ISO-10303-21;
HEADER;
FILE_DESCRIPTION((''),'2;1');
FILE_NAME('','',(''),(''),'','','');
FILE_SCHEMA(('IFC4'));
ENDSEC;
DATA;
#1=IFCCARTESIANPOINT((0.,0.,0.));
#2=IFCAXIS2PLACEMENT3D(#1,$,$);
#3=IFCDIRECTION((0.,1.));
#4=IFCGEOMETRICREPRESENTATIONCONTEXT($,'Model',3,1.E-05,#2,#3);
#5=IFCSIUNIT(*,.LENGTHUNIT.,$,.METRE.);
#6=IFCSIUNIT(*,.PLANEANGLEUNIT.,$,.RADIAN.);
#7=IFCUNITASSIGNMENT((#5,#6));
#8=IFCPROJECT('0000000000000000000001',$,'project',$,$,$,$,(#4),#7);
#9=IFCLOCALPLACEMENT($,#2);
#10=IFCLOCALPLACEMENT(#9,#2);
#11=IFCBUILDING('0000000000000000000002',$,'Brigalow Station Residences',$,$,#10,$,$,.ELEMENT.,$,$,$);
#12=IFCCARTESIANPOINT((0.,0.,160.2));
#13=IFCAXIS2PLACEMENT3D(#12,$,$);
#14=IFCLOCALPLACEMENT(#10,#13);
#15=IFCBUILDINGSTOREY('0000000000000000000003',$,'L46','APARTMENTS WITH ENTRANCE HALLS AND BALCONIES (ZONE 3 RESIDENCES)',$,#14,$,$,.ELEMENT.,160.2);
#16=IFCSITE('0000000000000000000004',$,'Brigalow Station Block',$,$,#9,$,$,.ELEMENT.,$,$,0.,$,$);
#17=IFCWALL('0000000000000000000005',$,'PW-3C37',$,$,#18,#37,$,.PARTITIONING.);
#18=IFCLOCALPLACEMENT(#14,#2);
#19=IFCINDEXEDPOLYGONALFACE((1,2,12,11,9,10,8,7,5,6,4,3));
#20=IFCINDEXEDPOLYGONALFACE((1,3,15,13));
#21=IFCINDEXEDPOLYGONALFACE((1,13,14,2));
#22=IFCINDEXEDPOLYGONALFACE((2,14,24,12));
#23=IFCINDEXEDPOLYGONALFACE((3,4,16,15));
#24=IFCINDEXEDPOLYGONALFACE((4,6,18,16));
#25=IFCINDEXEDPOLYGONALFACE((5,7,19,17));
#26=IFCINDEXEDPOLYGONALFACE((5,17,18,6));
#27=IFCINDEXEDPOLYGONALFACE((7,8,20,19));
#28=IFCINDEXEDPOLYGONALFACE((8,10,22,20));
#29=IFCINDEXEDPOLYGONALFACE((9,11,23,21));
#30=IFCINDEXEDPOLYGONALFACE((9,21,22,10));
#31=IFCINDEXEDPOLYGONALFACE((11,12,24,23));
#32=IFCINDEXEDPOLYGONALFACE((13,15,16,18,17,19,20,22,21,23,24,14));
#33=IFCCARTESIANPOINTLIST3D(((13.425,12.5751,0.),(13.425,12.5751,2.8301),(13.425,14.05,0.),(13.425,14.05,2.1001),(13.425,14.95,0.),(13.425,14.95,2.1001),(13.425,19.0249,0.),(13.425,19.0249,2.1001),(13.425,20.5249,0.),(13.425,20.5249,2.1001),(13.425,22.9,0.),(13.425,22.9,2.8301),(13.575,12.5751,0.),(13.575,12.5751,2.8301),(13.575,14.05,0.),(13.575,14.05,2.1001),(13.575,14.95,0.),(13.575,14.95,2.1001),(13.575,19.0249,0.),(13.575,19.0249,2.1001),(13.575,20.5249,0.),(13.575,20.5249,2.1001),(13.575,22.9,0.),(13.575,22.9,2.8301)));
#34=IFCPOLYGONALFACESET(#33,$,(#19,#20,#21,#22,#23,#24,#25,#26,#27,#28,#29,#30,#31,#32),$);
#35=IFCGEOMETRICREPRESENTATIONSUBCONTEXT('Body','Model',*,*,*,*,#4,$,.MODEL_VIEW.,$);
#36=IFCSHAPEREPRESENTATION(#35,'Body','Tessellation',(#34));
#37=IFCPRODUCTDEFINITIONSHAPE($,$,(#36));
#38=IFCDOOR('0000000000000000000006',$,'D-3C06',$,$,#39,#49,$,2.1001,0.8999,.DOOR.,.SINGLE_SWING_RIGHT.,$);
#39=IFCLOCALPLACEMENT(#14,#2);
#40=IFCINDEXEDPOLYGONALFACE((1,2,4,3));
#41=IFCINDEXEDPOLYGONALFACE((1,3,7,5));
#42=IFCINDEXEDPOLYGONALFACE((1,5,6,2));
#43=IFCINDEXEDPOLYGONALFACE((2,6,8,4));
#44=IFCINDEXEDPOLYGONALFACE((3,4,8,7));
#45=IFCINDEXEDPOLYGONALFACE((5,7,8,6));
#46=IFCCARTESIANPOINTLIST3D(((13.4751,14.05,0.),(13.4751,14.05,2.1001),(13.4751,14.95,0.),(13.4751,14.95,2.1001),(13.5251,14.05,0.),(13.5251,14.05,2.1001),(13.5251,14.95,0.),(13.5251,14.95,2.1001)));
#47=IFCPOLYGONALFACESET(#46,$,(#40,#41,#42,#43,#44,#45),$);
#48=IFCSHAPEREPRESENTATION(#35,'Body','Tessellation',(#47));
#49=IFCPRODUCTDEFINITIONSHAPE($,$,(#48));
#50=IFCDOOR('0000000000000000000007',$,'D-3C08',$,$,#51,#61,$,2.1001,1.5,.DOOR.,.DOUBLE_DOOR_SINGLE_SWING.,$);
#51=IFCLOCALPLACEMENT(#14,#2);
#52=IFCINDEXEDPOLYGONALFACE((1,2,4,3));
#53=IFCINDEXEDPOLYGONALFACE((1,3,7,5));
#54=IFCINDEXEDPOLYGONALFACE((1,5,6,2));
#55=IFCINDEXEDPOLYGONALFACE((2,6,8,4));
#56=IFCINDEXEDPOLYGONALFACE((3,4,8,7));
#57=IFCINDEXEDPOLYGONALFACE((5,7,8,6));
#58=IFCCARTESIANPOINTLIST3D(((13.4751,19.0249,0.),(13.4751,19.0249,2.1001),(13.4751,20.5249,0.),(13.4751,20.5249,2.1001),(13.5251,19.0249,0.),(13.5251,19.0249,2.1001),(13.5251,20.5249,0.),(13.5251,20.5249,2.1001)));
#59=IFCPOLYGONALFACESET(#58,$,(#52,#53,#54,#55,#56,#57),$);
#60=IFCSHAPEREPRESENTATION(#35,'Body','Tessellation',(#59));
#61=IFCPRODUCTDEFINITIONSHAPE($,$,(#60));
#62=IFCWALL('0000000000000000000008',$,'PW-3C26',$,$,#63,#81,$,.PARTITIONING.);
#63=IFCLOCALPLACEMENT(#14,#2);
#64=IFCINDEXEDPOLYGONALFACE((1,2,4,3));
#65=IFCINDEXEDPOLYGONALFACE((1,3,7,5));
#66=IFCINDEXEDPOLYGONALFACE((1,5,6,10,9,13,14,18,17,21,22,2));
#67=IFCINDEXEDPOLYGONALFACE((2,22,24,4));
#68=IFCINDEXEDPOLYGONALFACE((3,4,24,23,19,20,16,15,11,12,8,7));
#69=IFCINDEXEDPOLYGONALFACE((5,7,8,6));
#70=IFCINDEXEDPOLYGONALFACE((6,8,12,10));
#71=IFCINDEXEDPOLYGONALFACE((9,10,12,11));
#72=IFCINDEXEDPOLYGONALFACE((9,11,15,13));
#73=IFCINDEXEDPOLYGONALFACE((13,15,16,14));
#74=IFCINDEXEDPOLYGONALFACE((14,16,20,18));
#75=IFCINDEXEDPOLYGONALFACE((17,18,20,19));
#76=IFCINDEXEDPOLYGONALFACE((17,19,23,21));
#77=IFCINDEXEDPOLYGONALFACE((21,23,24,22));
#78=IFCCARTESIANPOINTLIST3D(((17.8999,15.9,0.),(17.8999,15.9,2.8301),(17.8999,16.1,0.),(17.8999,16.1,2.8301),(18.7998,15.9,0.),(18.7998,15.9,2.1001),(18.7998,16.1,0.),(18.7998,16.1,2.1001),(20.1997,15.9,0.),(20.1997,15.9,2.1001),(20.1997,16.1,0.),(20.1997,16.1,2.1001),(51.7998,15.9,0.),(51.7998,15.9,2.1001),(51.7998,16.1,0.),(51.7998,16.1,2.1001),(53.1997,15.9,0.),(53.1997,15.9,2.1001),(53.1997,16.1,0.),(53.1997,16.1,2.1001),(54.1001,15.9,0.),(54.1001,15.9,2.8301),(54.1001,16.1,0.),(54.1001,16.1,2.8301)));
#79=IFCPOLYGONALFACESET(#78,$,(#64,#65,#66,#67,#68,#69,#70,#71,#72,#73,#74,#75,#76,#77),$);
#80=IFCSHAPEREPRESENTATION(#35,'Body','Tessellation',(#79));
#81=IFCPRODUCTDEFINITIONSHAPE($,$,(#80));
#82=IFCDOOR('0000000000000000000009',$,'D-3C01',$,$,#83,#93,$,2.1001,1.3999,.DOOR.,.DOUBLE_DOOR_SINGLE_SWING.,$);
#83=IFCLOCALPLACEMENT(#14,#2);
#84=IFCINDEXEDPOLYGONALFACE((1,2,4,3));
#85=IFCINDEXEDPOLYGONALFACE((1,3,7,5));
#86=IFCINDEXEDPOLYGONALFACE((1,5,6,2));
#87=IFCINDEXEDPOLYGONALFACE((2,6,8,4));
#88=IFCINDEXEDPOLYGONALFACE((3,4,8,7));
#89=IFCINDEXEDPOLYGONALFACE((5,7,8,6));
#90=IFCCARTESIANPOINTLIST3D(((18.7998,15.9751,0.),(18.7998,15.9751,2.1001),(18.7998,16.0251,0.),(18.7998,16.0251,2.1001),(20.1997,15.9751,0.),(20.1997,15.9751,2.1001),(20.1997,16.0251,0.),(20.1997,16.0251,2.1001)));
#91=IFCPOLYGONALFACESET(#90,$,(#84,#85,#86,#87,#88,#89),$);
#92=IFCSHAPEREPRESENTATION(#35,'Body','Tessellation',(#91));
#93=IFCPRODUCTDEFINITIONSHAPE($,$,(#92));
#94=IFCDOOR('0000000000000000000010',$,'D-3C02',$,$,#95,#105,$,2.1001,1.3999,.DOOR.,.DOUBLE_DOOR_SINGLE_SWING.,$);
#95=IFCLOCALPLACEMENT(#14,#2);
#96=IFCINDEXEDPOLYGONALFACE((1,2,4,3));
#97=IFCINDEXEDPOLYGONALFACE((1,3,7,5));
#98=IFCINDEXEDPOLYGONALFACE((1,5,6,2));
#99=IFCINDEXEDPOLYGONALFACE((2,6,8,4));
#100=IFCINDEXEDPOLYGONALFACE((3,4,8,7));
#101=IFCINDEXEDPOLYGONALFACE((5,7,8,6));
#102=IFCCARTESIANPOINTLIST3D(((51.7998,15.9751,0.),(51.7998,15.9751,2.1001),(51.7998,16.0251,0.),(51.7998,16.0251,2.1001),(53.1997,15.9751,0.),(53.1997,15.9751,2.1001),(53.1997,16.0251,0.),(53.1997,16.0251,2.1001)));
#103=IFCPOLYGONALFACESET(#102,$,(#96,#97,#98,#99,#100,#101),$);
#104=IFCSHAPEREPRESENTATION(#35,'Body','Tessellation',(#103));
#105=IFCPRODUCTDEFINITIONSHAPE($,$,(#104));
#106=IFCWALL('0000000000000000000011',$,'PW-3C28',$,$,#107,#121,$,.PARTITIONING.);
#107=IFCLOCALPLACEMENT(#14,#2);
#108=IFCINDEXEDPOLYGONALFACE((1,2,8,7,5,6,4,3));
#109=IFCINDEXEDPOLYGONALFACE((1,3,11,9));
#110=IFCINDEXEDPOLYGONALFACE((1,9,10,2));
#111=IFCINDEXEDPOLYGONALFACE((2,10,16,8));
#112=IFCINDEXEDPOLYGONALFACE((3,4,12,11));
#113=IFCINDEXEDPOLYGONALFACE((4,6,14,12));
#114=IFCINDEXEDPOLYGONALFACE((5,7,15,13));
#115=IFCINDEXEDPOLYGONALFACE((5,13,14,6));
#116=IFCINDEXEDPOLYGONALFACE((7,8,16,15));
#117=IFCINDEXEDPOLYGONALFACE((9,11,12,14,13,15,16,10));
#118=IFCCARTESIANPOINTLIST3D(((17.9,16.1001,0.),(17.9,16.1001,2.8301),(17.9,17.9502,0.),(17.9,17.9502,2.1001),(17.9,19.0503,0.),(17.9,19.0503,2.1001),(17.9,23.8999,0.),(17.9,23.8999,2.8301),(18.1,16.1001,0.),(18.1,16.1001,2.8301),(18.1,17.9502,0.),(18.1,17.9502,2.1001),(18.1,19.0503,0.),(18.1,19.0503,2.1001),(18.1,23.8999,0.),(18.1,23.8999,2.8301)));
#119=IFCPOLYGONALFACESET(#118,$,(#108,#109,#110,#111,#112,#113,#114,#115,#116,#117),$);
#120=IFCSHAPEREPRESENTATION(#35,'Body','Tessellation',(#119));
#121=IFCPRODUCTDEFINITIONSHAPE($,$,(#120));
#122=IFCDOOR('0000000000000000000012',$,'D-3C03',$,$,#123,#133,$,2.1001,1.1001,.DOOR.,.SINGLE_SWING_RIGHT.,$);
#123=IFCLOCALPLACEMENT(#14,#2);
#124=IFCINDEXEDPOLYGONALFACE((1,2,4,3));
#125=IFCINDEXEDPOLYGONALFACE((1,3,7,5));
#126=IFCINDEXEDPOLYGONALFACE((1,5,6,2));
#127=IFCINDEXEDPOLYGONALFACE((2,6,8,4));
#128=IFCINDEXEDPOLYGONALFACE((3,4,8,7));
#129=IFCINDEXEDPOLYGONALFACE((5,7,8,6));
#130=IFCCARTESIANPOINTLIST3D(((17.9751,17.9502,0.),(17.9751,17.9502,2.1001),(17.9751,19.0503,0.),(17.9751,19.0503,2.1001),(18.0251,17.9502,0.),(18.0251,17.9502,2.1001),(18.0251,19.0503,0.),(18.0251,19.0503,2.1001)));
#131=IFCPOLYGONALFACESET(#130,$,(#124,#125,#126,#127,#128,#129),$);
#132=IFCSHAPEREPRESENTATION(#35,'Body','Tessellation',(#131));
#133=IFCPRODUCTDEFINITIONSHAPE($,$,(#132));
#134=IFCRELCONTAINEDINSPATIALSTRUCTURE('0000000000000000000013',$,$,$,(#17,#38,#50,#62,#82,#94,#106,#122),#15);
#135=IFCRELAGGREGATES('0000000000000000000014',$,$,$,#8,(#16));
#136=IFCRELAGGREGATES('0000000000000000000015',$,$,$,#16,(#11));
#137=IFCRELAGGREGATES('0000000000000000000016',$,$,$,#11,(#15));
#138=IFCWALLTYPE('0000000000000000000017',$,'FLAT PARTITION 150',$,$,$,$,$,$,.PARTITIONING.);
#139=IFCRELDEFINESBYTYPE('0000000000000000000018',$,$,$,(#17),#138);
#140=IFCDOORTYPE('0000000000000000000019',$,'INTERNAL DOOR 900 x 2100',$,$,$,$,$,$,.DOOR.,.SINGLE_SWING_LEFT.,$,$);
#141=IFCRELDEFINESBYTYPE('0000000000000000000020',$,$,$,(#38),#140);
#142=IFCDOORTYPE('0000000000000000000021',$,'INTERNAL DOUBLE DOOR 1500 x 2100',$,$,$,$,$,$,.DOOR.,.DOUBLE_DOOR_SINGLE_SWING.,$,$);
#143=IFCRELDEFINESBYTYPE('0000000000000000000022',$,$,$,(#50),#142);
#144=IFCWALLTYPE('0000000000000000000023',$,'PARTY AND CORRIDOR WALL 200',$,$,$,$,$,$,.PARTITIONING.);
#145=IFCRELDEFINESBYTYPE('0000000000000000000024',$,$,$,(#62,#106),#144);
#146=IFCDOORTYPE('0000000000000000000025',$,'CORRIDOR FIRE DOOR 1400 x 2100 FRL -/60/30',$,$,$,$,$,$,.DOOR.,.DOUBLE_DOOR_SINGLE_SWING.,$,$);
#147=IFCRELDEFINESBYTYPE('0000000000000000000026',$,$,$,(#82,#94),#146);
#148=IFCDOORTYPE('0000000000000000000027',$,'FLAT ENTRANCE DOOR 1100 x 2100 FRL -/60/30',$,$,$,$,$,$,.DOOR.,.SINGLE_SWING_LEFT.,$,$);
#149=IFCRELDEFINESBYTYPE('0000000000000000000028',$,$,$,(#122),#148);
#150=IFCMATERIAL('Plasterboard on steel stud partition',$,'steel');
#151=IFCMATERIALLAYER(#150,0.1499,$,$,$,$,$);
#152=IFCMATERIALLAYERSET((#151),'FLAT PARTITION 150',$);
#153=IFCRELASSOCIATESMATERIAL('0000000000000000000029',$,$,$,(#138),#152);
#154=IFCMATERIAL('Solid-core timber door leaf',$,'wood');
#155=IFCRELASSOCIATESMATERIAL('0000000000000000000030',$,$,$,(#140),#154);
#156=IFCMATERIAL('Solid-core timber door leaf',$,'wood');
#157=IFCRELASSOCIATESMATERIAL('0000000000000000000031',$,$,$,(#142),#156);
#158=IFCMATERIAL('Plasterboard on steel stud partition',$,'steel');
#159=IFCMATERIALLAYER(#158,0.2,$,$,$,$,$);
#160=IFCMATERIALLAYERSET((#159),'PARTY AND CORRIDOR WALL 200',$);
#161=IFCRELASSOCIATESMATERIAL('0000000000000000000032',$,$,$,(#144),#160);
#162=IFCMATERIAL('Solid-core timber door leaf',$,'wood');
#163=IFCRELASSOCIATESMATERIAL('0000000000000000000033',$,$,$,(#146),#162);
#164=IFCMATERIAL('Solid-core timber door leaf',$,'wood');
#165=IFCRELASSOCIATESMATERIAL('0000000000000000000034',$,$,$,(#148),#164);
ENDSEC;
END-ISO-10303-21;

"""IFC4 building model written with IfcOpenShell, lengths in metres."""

from ifc_helpers import new_model, si_unit, direction, frame, frame_2d, origin, place, context, subcontext, project, spatial, rectangle, extrude, material, layer, layer_set, type_object, element, fill, save


model = new_model("IFC4")

# Units and contexts
model_context = context("Model", 3, precision=1e-05, world=origin(), true_north=direction((0.0, 1.0)))
body_context = subcontext(model_context, "Body", "Model", "MODEL_VIEW")
ifc_project = project(units=[si_unit("LENGTHUNIT", "METRE"), si_unit("PLANEANGLEUNIT", "RADIAN")], contexts=[model_context])

# Site, building, storey
site_placement = place(None, origin())
site = spatial("IfcSite", under=ifc_project, at=site_placement, Name="Brigalow Station Block", CompositionType="ELEMENT", RefElevation=0.0)
building_placement = place(site_placement, origin())
building = spatial("IfcBuilding", under=site, at=building_placement, Name="Brigalow Station Residences", CompositionType="ELEMENT")
storey_placement = place(building_placement, frame((0.0, 0.0, 160.2)))
storey = spatial("IfcBuildingStorey", under=building, at=storey_placement, Name="L46", Description="APARTMENTS WITH ENTRANCE HALLS AND BALCONIES (ZONE 3 RESIDENCES)", CompositionType="ELEMENT", Elevation=160.2)

# Shared definitions
ifc_material_1 = material(Name="Plasterboard on steel stud partition", Category="steel")
ifc_layer_1 = layer(ifc_material_1, 0.1499)
ifc_layer_set_1 = layer_set([ifc_layer_1], Name="FLAT PARTITION 150")
wall_type_1 = type_object("IfcWallType", Name="FLAT PARTITION 150", PredefinedType="PARTITIONING", material=ifc_layer_set_1)
ifc_material_2 = material(Name="Solid-core timber door leaf", Category="wood")
door_type_1 = type_object("IfcDoorType", Name="INTERNAL DOOR 900 x 2100", OperationType="SINGLE_SWING_LEFT", PredefinedType="DOOR", material=ifc_material_2)

# Walls, openings, doors
wall_1_placement = place(storey_placement, frame((13.5, 12.575, 0.0), z_axis=(0.0, 0.0, 1.0), x_axis=(0.0, 1.0, 0.0)))
wall_1 = element("IfcWall", 1, at=wall_1_placement, inside=storey, type_object=wall_type_1, Name="PW-3C37", PredefinedType="PARTITIONING", context=body_context, shape_type="SweptSolid", body=[
    extrude(rectangle(XDim=10.325, YDim=0.1499, at=frame_2d((5.1626, 0.0))), origin(), (0.0, 0.0, 1.0), 2.8301),
])
opening_1_placement = place(wall_1_placement, frame((1.4751, 0.0, 0.0)))
opening_1 = element("IfcOpeningElement", 2, at=opening_1_placement, cuts=wall_1, PredefinedType="OPENING", context=body_context, shape_type="SweptSolid", body=[
    extrude(rectangle(XDim=0.8999, YDim=2.1001, at=frame_2d((0.45, 1.05))), frame((0.0, 0.085, 0.0), z_axis=(0.0, -1.0, 0.0), x_axis=(1.0, 0.0, 0.0)), (0.0, 0.0, 1.0), 0.1699),
])
opening_2_placement = place(wall_1_placement, frame((6.45, 0.0, 0.0)))
opening_2 = element("IfcOpeningElement", 3, at=opening_2_placement, cuts=wall_1, PredefinedType="OPENING", context=body_context, shape_type="SweptSolid", body=[
    extrude(rectangle(XDim=1.5, YDim=2.1001, at=frame_2d((0.75, 1.05))), frame((0.0, 0.085, 0.0), z_axis=(0.0, -1.0, 0.0), x_axis=(1.0, 0.0, 0.0)), (0.0, 0.0, 1.0), 0.1699),
])
door_1_placement = place(opening_1_placement, origin())
door_1 = element("IfcDoor", 4, at=door_1_placement, inside=storey, type_object=door_type_1, Name="D-3C06", OperationType="SINGLE_SWING_RIGHT", OverallHeight=2.1001, OverallWidth=0.8999, PredefinedType="DOOR", context=body_context, shape_type="SweptSolid", body=[
    extrude(rectangle(XDim=0.8999, YDim=2.1001, at=frame_2d((0.45, 1.05))), frame((0.0, 0.0249, 0.0), z_axis=(0.0, -1.0, 0.0), x_axis=(1.0, 0.0, 0.0)), (0.0, 0.0, 1.0), 0.05),
])
fill(opening_1, door_1)
ifc_material_3 = material(Name="Solid-core timber door leaf", Category="wood")
door_type_2 = type_object("IfcDoorType", Name="INTERNAL DOUBLE DOOR 1500 x 2100", OperationType="DOUBLE_DOOR_SINGLE_SWING", PredefinedType="DOOR", material=ifc_material_3)
door_2_placement = place(opening_2_placement, origin())
door_2 = element("IfcDoor", 5, at=door_2_placement, inside=storey, type_object=door_type_2, Name="D-3C08", OperationType="DOUBLE_DOOR_SINGLE_SWING", OverallHeight=2.1001, OverallWidth=1.5, PredefinedType="DOOR", context=body_context, shape_type="SweptSolid", body=[
    extrude(rectangle(XDim=1.5, YDim=2.1001, at=frame_2d((0.75, 1.05))), frame((0.0, 0.0249, 0.0), z_axis=(0.0, -1.0, 0.0), x_axis=(1.0, 0.0, 0.0)), (0.0, 0.0, 1.0), 0.05),
])
fill(opening_2, door_2)
ifc_material_4 = material(Name="Plasterboard on steel stud partition", Category="steel")
ifc_layer_2 = layer(ifc_material_4, 0.2)
ifc_layer_set_2 = layer_set([ifc_layer_2], Name="PARTY AND CORRIDOR WALL 200")
wall_type_2 = type_object("IfcWallType", Name="PARTY AND CORRIDOR WALL 200", PredefinedType="PARTITIONING", material=ifc_layer_set_2)
wall_2_placement = place(storey_placement, frame((17.8999, 16.0, 0.0), z_axis=(0.0, 0.0, 1.0), x_axis=(1.0, 0.0, 0.0)))
wall_2 = element("IfcWall", 6, at=wall_2_placement, inside=storey, type_object=wall_type_2, Name="PW-3C26", PredefinedType="PARTITIONING", context=body_context, shape_type="SweptSolid", body=[
    extrude(rectangle(XDim=36.2002, YDim=0.2, at=frame_2d((18.1001, 0.0))), origin(), (0.0, 0.0, 1.0), 2.8301),
])
opening_3_placement = place(wall_2_placement, frame((0.8999, 0.0, 0.0)))
opening_3 = element("IfcOpeningElement", 7, at=opening_3_placement, cuts=wall_2, PredefinedType="OPENING", context=body_context, shape_type="SweptSolid", body=[
    extrude(rectangle(XDim=1.3999, YDim=2.1001, at=frame_2d((0.7, 1.05))), frame((0.0, 0.1099, 0.0), z_axis=(0.0, -1.0, 0.0), x_axis=(1.0, 0.0, 0.0)), (0.0, 0.0, 1.0), 0.22),
])
opening_4_placement = place(wall_2_placement, frame((33.8999, 0.0, 0.0)))
opening_4 = element("IfcOpeningElement", 8, at=opening_4_placement, cuts=wall_2, PredefinedType="OPENING", context=body_context, shape_type="SweptSolid", body=[
    extrude(rectangle(XDim=1.3999, YDim=2.1001, at=frame_2d((0.7, 1.05))), frame((0.0, 0.1099, 0.0), z_axis=(0.0, -1.0, 0.0), x_axis=(1.0, 0.0, 0.0)), (0.0, 0.0, 1.0), 0.22),
])
ifc_material_5 = material(Name="Solid-core timber door leaf", Category="wood")
door_type_3 = type_object("IfcDoorType", Name="CORRIDOR FIRE DOOR 1400 x 2100 FRL -/60/30", OperationType="DOUBLE_DOOR_SINGLE_SWING", PredefinedType="DOOR", material=ifc_material_5)
door_3_placement = place(opening_3_placement, frame((1.3999, 0.0, 0.0), z_axis=(0.0, 0.0, 1.0), x_axis=(-1.0, 0.0, 0.0)))
door_3 = element("IfcDoor", 9, at=door_3_placement, inside=storey, type_object=door_type_3, Name="D-3C01", OperationType="DOUBLE_DOOR_SINGLE_SWING", OverallHeight=2.1001, OverallWidth=1.3999, PredefinedType="DOOR", context=body_context, shape_type="SweptSolid", body=[
    extrude(rectangle(XDim=1.3999, YDim=2.1001, at=frame_2d((0.7, 1.05))), frame((0.0, 0.0249, 0.0), z_axis=(0.0, -1.0, 0.0), x_axis=(1.0, 0.0, 0.0)), (0.0, 0.0, 1.0), 0.05),
])
fill(opening_3, door_3)
door_4_placement = place(opening_4_placement, frame((1.3999, 0.0, 0.0), z_axis=(0.0, 0.0, 1.0), x_axis=(-1.0, 0.0, 0.0)))
door_4 = element("IfcDoor", 10, at=door_4_placement, inside=storey, type_object=door_type_3, Name="D-3C02", OperationType="DOUBLE_DOOR_SINGLE_SWING", OverallHeight=2.1001, OverallWidth=1.3999, PredefinedType="DOOR", context=body_context, shape_type="SweptSolid", body=[
    extrude(rectangle(XDim=1.3999, YDim=2.1001, at=frame_2d((0.7, 1.05))), frame((0.0, 0.0249, 0.0), z_axis=(0.0, -1.0, 0.0), x_axis=(1.0, 0.0, 0.0)), (0.0, 0.0, 1.0), 0.05),
])
fill(opening_4, door_4)

# Wall, opening, door
wall_3_placement = place(storey_placement, frame((18.0, 16.1001, 0.0), z_axis=(0.0, 0.0, 1.0), x_axis=(0.0, 1.0, 0.0)))
wall_3 = element("IfcWall", 11, at=wall_3_placement, inside=storey, type_object=wall_type_2, Name="PW-3C28", PredefinedType="PARTITIONING", context=body_context, shape_type="SweptSolid", body=[
    extrude(rectangle(XDim=7.7998, YDim=0.2, at=frame_2d((3.8999, 0.0))), origin(), (0.0, 0.0, 1.0), 2.8301),
])
opening_5_placement = place(wall_3_placement, frame((1.8501, 0.0, 0.0)))
opening_5 = element("IfcOpeningElement", 12, at=opening_5_placement, cuts=wall_3, PredefinedType="OPENING", context=body_context, shape_type="SweptSolid", body=[
    extrude(rectangle(XDim=1.1001, YDim=2.1001, at=frame_2d((0.55, 1.05))), frame((0.0, 0.1099, 0.0), z_axis=(0.0, -1.0, 0.0), x_axis=(1.0, 0.0, 0.0)), (0.0, 0.0, 1.0), 0.22),
])
ifc_material_6 = material(Name="Solid-core timber door leaf", Category="wood")
door_type_4 = type_object("IfcDoorType", Name="FLAT ENTRANCE DOOR 1100 x 2100 FRL -/60/30", OperationType="SINGLE_SWING_LEFT", PredefinedType="DOOR", material=ifc_material_6)
door_5_placement = place(opening_5_placement, origin())
door_5 = element("IfcDoor", 13, at=door_5_placement, inside=storey, type_object=door_type_4, Name="D-3C03", OperationType="SINGLE_SWING_RIGHT", OverallHeight=2.1001, OverallWidth=1.1001, PredefinedType="DOOR", context=body_context, shape_type="SweptSolid", body=[
    extrude(rectangle(XDim=1.1001, YDim=2.1001, at=frame_2d((0.55, 1.05))), frame((0.0, 0.0249, 0.0), z_axis=(0.0, -1.0, 0.0), x_axis=(1.0, 0.0, 0.0)), (0.0, 0.0, 1.0), 0.05),
])
fill(opening_5, door_5)

save(model, "model.ifc")
